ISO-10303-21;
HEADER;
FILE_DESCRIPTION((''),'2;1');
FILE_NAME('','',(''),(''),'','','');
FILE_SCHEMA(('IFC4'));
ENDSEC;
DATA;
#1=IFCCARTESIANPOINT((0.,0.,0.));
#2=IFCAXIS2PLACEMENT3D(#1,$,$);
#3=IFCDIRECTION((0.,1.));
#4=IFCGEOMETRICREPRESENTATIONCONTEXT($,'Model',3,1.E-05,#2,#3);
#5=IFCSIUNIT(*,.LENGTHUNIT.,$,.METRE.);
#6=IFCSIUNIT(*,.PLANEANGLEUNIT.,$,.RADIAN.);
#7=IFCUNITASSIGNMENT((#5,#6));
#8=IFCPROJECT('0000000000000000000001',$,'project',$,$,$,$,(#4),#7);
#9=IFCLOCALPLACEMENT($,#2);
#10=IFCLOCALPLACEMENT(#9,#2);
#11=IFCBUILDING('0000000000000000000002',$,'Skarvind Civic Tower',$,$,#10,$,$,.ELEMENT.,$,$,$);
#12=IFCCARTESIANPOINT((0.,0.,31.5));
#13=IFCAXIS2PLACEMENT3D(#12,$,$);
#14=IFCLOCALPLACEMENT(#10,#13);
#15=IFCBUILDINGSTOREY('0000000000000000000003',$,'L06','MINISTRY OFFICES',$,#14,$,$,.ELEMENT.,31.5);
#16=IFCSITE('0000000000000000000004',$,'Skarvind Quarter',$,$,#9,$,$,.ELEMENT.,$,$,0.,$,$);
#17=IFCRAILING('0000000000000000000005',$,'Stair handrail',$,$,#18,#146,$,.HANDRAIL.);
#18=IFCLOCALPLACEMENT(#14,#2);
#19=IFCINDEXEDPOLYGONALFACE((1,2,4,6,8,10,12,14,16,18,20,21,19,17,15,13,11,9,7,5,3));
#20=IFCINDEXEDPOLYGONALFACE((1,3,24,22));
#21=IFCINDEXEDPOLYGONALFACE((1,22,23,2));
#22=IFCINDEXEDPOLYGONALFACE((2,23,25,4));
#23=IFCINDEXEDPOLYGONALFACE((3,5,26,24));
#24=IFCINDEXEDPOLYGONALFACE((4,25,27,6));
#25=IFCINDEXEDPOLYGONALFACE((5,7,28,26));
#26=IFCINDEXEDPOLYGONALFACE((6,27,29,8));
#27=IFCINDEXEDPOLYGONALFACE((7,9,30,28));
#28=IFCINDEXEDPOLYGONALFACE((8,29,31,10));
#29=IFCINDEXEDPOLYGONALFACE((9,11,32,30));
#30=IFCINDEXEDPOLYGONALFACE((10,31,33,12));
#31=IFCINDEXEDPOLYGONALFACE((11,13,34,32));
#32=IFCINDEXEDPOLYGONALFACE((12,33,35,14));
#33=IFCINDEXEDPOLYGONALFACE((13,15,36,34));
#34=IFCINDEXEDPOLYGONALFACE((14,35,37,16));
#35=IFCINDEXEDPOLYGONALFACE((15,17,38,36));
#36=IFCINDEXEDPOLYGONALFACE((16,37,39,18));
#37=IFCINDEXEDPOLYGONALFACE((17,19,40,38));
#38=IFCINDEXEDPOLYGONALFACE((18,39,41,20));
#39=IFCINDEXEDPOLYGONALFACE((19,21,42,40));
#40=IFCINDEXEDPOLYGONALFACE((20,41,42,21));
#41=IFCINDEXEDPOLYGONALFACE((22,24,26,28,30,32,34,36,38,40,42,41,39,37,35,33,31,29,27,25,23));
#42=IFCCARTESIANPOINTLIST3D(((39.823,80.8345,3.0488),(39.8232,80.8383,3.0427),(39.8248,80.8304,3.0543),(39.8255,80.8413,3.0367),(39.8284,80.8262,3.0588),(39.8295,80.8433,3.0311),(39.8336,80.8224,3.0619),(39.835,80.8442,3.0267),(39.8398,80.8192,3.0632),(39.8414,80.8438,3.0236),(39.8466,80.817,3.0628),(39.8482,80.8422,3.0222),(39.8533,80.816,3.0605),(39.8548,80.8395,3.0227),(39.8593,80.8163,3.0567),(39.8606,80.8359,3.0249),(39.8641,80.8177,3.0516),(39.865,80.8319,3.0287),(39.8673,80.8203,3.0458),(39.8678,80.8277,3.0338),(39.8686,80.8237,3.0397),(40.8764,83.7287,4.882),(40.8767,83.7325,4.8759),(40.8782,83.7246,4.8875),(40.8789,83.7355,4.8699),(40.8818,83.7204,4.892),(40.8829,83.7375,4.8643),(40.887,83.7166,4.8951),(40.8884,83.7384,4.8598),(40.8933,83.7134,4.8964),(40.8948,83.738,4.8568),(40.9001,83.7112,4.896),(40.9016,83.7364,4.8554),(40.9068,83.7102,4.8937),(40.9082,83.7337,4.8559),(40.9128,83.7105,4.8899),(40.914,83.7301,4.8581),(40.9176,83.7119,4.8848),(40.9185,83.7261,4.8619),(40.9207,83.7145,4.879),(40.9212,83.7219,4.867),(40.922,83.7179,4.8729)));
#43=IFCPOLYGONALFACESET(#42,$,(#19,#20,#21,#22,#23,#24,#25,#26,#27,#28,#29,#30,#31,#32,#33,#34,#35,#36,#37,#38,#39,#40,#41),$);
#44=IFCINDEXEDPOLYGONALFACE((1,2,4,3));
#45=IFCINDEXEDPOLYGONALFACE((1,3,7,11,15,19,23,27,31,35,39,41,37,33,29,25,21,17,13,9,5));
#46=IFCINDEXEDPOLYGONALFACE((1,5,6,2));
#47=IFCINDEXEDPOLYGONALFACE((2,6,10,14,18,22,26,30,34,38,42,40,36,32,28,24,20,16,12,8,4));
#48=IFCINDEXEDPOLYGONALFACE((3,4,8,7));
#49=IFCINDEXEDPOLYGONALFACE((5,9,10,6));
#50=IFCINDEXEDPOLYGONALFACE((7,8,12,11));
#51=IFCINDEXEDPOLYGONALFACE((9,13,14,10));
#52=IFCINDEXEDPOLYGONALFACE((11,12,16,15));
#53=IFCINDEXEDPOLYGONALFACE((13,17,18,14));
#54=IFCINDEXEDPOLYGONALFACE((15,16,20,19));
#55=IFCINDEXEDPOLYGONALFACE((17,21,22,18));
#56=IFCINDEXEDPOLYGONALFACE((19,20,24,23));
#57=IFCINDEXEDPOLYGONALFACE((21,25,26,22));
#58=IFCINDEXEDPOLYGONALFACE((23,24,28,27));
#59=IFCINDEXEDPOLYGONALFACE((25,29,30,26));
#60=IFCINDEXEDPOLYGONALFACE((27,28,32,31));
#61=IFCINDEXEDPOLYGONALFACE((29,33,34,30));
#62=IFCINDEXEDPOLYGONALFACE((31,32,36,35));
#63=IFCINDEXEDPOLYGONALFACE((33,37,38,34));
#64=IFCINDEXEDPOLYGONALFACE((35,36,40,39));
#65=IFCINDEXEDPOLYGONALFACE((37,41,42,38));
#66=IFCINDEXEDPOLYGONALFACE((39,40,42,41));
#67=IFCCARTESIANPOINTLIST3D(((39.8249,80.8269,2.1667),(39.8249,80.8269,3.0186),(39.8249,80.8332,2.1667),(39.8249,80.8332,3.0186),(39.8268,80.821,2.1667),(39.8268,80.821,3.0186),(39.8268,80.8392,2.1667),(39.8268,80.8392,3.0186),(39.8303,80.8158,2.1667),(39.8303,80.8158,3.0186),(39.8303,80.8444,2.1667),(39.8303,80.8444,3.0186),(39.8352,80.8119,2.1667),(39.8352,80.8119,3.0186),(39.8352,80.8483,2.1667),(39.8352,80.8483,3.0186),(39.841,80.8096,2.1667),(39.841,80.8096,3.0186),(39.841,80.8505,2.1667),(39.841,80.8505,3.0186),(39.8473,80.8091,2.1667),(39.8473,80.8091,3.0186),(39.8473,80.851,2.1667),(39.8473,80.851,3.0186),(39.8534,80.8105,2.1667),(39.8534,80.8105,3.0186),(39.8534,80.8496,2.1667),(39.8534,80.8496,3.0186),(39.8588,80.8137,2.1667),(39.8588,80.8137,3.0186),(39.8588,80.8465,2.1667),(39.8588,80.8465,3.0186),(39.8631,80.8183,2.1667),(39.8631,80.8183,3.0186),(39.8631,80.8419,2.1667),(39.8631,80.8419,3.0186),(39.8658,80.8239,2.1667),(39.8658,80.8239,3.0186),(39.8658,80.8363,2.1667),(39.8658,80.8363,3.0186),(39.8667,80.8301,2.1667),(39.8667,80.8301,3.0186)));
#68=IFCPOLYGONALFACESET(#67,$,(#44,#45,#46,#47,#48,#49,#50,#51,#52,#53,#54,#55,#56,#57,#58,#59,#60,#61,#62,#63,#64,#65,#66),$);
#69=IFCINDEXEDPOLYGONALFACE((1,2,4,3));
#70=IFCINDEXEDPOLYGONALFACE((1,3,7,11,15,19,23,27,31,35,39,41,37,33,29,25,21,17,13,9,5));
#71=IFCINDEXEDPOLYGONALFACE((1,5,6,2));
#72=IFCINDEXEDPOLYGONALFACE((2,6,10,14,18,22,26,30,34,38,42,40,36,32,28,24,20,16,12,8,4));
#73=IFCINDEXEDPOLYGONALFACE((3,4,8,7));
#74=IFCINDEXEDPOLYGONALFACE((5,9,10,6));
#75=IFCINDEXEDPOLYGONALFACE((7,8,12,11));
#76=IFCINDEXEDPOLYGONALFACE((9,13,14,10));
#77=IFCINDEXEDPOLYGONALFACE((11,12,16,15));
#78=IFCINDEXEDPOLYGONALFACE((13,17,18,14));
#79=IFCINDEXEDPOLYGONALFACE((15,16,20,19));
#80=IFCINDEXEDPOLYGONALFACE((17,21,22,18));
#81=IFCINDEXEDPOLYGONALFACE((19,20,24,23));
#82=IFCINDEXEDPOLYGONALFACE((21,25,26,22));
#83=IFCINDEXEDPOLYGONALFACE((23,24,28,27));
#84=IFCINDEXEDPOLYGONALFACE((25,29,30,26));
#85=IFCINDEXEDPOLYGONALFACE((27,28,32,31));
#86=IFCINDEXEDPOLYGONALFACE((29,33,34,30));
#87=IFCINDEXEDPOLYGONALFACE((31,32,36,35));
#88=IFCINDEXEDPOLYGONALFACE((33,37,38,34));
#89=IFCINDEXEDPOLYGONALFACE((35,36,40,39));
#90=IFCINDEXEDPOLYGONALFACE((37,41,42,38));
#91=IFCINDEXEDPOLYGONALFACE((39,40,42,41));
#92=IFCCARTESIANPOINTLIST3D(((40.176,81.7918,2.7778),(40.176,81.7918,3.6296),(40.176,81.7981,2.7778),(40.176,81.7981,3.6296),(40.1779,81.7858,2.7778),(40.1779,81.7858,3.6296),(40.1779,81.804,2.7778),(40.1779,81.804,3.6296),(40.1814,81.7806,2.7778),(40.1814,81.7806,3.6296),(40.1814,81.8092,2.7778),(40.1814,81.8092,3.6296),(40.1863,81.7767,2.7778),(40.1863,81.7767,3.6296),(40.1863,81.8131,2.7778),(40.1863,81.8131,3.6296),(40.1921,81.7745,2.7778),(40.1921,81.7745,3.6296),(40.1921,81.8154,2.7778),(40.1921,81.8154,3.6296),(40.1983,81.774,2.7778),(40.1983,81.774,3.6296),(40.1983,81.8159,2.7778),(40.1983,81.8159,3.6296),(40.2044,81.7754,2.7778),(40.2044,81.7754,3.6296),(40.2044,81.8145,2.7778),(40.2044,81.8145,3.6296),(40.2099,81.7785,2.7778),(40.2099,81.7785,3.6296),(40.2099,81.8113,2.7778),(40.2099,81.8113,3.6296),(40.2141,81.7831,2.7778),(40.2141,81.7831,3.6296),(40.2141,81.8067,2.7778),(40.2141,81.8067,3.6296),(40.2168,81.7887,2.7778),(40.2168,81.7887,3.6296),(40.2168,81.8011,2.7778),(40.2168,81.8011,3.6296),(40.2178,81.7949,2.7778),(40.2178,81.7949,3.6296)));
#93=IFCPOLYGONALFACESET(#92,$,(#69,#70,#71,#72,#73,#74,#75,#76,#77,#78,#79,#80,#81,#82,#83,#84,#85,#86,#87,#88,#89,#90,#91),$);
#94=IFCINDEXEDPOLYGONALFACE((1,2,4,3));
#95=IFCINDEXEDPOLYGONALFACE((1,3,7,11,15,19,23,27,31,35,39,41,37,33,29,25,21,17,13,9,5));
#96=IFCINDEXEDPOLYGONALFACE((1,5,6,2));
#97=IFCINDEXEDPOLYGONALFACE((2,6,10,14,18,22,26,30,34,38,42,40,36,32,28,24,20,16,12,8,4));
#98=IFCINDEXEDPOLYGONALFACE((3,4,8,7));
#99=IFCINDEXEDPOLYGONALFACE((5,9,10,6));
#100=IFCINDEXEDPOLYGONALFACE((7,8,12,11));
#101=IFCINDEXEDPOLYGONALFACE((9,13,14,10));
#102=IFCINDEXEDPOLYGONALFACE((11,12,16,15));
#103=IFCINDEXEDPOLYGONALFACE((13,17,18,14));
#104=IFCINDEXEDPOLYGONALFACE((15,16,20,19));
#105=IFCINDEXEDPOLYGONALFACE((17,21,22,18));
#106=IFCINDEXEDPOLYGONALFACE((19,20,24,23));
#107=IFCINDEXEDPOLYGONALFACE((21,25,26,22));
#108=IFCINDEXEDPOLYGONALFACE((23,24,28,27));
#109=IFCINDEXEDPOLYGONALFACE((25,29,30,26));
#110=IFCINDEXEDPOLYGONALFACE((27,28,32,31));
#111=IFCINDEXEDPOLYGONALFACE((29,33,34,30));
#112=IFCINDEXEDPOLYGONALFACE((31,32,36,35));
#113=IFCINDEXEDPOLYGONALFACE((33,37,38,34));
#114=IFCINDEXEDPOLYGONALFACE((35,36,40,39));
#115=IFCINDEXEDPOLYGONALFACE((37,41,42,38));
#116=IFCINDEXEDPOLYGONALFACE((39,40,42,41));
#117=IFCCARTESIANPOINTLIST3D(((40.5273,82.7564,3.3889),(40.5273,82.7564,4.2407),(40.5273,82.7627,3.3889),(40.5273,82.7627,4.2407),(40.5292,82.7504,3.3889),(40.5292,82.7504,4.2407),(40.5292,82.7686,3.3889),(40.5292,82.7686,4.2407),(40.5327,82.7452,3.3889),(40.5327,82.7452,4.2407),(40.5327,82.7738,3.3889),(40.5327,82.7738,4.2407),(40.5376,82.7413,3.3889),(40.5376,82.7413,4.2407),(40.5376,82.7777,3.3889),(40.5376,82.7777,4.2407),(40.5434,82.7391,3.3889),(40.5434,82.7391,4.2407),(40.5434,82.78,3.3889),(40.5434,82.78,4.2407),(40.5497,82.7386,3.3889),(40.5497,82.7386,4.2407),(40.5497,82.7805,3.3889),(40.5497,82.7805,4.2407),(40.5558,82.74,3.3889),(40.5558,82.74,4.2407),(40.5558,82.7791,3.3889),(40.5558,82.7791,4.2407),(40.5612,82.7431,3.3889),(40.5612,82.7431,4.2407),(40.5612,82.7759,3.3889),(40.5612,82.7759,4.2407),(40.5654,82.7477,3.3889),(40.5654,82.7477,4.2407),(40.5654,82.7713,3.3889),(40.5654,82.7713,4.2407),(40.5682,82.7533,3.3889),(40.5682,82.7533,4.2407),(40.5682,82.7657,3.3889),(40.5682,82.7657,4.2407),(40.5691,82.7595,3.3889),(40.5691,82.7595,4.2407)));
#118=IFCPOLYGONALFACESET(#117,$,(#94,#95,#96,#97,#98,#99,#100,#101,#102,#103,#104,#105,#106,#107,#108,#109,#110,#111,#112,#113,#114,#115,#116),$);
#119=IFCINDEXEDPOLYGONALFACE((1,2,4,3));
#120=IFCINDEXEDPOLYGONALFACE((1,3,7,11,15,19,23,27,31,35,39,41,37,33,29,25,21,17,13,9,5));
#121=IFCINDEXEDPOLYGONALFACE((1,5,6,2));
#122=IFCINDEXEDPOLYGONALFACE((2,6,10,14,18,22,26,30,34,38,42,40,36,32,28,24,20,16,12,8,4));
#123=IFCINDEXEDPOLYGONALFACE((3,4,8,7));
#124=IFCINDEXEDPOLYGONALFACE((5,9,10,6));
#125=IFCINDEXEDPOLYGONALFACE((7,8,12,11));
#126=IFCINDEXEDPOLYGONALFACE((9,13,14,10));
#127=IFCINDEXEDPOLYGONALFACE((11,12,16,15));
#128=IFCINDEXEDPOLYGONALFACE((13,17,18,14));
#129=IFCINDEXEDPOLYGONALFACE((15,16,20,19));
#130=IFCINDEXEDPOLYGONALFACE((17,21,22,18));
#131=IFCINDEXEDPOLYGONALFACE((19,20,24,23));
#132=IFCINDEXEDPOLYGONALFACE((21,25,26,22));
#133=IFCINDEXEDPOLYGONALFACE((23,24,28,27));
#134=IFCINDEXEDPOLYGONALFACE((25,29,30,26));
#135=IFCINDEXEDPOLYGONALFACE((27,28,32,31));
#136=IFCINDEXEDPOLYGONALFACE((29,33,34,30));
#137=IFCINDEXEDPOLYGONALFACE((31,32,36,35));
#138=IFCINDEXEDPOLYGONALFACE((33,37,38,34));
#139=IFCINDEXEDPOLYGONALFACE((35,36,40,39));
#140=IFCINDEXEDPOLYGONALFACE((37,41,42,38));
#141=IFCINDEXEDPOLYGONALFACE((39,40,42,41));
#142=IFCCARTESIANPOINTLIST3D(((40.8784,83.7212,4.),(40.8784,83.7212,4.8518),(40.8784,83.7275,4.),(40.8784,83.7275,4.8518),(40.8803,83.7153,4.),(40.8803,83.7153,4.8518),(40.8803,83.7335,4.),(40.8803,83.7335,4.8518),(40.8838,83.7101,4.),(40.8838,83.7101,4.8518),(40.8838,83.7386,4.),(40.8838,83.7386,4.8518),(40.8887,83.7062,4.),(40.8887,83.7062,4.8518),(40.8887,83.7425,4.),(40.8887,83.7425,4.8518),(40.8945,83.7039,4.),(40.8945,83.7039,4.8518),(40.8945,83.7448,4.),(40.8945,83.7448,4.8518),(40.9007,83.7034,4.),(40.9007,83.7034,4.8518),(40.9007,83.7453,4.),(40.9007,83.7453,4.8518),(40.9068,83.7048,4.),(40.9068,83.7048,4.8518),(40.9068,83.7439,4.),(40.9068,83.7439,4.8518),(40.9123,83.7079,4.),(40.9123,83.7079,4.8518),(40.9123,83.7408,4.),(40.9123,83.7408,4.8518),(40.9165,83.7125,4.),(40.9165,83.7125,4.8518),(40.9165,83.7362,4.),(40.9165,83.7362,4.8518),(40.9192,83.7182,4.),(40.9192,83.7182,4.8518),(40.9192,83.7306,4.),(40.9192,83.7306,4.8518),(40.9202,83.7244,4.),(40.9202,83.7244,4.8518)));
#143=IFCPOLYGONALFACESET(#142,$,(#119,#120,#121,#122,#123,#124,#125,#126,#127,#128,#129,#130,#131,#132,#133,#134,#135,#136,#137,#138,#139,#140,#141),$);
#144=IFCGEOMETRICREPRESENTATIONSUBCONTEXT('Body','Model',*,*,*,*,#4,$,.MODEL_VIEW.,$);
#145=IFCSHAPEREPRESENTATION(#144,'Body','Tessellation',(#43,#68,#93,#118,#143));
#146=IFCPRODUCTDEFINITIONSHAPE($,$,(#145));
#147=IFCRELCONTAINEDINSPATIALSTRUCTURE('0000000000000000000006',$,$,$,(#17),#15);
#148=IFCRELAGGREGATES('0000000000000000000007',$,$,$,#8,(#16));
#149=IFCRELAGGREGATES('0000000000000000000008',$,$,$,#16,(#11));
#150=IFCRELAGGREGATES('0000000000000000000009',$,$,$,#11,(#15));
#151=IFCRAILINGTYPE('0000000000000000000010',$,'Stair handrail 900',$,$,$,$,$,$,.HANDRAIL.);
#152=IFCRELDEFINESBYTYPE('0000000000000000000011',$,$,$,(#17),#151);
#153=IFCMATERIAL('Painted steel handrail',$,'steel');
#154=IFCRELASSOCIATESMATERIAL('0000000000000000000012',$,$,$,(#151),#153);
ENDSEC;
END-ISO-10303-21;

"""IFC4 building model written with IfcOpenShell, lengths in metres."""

from ifc_helpers import new_model, si_unit, direction, frame, origin, origin_2d, place, context, subcontext, project, spatial, circle, extrude, material, type_object, element, save


model = new_model("IFC4")

# Units and contexts
model_context = context("Model", 3, precision=1e-05, world=origin(), true_north=direction((0.0, 1.0)))
body_context = subcontext(model_context, "Body", "Model", "MODEL_VIEW")
ifc_project = project(units=[si_unit("LENGTHUNIT", "METRE"), si_unit("PLANEANGLEUNIT", "RADIAN")], contexts=[model_context])

# Site, building, storey
site_placement = place(None, origin())
site = spatial("IfcSite", under=ifc_project, at=site_placement, Name="Skarvind Quarter", CompositionType="ELEMENT", RefElevation=0.0)
building_placement = place(site_placement, origin())
building = spatial("IfcBuilding", under=site, at=building_placement, Name="Skarvind Civic Tower", CompositionType="ELEMENT")
storey_placement = place(building_placement, frame((0.0, 0.0, 31.5)))
storey = spatial("IfcBuildingStorey", under=building, at=storey_placement, Name="L06", Description="MINISTRY OFFICES", CompositionType="ELEMENT", Elevation=31.5)

# Railing
ifc_material_1 = material(Name="Painted steel handrail", Category="steel")
railing_type = type_object("IfcRailingType", Name="Stair handrail 900", PredefinedType="HANDRAIL", material=ifc_material_1)
railing_1_placement = place(storey_placement, frame((39.8457, 80.8301, 2.1667)))
element("IfcRailing", 1, at=railing_1_placement, inside=storey, type_object=railing_type, Name="Stair handrail", PredefinedType="HANDRAIL", context=body_context, shape_type="SweptSolid", body=[
    extrude(circle(Radius=0.0239, at=origin_2d()), frame((0.0, 0.0, 0.876), z_axis=(0.293908, 0.807481, 0.511461), x_axis=(-0.939689, 0.342029, 0.0)), (0.0, 0.0, 1.0), 3.5842),
    extrude(circle(Radius=0.021, at=origin_2d()), origin(), (0.0, 0.0, 1.0), 0.8518),
    extrude(circle(Radius=0.021, at=origin_2d()), frame((0.3511, 0.9648, 0.6111)), (0.0, 0.0, 1.0), 0.8518),
    extrude(circle(Radius=0.021, at=origin_2d()), frame((0.7024, 1.9294, 1.2222)), (0.0, 0.0, 1.0), 0.8518),
    extrude(circle(Radius=0.021, at=origin_2d()), frame((1.0535, 2.8943, 1.8333)), (0.0, 0.0, 1.0), 0.8518),
])

save(model, "model.ifc")
